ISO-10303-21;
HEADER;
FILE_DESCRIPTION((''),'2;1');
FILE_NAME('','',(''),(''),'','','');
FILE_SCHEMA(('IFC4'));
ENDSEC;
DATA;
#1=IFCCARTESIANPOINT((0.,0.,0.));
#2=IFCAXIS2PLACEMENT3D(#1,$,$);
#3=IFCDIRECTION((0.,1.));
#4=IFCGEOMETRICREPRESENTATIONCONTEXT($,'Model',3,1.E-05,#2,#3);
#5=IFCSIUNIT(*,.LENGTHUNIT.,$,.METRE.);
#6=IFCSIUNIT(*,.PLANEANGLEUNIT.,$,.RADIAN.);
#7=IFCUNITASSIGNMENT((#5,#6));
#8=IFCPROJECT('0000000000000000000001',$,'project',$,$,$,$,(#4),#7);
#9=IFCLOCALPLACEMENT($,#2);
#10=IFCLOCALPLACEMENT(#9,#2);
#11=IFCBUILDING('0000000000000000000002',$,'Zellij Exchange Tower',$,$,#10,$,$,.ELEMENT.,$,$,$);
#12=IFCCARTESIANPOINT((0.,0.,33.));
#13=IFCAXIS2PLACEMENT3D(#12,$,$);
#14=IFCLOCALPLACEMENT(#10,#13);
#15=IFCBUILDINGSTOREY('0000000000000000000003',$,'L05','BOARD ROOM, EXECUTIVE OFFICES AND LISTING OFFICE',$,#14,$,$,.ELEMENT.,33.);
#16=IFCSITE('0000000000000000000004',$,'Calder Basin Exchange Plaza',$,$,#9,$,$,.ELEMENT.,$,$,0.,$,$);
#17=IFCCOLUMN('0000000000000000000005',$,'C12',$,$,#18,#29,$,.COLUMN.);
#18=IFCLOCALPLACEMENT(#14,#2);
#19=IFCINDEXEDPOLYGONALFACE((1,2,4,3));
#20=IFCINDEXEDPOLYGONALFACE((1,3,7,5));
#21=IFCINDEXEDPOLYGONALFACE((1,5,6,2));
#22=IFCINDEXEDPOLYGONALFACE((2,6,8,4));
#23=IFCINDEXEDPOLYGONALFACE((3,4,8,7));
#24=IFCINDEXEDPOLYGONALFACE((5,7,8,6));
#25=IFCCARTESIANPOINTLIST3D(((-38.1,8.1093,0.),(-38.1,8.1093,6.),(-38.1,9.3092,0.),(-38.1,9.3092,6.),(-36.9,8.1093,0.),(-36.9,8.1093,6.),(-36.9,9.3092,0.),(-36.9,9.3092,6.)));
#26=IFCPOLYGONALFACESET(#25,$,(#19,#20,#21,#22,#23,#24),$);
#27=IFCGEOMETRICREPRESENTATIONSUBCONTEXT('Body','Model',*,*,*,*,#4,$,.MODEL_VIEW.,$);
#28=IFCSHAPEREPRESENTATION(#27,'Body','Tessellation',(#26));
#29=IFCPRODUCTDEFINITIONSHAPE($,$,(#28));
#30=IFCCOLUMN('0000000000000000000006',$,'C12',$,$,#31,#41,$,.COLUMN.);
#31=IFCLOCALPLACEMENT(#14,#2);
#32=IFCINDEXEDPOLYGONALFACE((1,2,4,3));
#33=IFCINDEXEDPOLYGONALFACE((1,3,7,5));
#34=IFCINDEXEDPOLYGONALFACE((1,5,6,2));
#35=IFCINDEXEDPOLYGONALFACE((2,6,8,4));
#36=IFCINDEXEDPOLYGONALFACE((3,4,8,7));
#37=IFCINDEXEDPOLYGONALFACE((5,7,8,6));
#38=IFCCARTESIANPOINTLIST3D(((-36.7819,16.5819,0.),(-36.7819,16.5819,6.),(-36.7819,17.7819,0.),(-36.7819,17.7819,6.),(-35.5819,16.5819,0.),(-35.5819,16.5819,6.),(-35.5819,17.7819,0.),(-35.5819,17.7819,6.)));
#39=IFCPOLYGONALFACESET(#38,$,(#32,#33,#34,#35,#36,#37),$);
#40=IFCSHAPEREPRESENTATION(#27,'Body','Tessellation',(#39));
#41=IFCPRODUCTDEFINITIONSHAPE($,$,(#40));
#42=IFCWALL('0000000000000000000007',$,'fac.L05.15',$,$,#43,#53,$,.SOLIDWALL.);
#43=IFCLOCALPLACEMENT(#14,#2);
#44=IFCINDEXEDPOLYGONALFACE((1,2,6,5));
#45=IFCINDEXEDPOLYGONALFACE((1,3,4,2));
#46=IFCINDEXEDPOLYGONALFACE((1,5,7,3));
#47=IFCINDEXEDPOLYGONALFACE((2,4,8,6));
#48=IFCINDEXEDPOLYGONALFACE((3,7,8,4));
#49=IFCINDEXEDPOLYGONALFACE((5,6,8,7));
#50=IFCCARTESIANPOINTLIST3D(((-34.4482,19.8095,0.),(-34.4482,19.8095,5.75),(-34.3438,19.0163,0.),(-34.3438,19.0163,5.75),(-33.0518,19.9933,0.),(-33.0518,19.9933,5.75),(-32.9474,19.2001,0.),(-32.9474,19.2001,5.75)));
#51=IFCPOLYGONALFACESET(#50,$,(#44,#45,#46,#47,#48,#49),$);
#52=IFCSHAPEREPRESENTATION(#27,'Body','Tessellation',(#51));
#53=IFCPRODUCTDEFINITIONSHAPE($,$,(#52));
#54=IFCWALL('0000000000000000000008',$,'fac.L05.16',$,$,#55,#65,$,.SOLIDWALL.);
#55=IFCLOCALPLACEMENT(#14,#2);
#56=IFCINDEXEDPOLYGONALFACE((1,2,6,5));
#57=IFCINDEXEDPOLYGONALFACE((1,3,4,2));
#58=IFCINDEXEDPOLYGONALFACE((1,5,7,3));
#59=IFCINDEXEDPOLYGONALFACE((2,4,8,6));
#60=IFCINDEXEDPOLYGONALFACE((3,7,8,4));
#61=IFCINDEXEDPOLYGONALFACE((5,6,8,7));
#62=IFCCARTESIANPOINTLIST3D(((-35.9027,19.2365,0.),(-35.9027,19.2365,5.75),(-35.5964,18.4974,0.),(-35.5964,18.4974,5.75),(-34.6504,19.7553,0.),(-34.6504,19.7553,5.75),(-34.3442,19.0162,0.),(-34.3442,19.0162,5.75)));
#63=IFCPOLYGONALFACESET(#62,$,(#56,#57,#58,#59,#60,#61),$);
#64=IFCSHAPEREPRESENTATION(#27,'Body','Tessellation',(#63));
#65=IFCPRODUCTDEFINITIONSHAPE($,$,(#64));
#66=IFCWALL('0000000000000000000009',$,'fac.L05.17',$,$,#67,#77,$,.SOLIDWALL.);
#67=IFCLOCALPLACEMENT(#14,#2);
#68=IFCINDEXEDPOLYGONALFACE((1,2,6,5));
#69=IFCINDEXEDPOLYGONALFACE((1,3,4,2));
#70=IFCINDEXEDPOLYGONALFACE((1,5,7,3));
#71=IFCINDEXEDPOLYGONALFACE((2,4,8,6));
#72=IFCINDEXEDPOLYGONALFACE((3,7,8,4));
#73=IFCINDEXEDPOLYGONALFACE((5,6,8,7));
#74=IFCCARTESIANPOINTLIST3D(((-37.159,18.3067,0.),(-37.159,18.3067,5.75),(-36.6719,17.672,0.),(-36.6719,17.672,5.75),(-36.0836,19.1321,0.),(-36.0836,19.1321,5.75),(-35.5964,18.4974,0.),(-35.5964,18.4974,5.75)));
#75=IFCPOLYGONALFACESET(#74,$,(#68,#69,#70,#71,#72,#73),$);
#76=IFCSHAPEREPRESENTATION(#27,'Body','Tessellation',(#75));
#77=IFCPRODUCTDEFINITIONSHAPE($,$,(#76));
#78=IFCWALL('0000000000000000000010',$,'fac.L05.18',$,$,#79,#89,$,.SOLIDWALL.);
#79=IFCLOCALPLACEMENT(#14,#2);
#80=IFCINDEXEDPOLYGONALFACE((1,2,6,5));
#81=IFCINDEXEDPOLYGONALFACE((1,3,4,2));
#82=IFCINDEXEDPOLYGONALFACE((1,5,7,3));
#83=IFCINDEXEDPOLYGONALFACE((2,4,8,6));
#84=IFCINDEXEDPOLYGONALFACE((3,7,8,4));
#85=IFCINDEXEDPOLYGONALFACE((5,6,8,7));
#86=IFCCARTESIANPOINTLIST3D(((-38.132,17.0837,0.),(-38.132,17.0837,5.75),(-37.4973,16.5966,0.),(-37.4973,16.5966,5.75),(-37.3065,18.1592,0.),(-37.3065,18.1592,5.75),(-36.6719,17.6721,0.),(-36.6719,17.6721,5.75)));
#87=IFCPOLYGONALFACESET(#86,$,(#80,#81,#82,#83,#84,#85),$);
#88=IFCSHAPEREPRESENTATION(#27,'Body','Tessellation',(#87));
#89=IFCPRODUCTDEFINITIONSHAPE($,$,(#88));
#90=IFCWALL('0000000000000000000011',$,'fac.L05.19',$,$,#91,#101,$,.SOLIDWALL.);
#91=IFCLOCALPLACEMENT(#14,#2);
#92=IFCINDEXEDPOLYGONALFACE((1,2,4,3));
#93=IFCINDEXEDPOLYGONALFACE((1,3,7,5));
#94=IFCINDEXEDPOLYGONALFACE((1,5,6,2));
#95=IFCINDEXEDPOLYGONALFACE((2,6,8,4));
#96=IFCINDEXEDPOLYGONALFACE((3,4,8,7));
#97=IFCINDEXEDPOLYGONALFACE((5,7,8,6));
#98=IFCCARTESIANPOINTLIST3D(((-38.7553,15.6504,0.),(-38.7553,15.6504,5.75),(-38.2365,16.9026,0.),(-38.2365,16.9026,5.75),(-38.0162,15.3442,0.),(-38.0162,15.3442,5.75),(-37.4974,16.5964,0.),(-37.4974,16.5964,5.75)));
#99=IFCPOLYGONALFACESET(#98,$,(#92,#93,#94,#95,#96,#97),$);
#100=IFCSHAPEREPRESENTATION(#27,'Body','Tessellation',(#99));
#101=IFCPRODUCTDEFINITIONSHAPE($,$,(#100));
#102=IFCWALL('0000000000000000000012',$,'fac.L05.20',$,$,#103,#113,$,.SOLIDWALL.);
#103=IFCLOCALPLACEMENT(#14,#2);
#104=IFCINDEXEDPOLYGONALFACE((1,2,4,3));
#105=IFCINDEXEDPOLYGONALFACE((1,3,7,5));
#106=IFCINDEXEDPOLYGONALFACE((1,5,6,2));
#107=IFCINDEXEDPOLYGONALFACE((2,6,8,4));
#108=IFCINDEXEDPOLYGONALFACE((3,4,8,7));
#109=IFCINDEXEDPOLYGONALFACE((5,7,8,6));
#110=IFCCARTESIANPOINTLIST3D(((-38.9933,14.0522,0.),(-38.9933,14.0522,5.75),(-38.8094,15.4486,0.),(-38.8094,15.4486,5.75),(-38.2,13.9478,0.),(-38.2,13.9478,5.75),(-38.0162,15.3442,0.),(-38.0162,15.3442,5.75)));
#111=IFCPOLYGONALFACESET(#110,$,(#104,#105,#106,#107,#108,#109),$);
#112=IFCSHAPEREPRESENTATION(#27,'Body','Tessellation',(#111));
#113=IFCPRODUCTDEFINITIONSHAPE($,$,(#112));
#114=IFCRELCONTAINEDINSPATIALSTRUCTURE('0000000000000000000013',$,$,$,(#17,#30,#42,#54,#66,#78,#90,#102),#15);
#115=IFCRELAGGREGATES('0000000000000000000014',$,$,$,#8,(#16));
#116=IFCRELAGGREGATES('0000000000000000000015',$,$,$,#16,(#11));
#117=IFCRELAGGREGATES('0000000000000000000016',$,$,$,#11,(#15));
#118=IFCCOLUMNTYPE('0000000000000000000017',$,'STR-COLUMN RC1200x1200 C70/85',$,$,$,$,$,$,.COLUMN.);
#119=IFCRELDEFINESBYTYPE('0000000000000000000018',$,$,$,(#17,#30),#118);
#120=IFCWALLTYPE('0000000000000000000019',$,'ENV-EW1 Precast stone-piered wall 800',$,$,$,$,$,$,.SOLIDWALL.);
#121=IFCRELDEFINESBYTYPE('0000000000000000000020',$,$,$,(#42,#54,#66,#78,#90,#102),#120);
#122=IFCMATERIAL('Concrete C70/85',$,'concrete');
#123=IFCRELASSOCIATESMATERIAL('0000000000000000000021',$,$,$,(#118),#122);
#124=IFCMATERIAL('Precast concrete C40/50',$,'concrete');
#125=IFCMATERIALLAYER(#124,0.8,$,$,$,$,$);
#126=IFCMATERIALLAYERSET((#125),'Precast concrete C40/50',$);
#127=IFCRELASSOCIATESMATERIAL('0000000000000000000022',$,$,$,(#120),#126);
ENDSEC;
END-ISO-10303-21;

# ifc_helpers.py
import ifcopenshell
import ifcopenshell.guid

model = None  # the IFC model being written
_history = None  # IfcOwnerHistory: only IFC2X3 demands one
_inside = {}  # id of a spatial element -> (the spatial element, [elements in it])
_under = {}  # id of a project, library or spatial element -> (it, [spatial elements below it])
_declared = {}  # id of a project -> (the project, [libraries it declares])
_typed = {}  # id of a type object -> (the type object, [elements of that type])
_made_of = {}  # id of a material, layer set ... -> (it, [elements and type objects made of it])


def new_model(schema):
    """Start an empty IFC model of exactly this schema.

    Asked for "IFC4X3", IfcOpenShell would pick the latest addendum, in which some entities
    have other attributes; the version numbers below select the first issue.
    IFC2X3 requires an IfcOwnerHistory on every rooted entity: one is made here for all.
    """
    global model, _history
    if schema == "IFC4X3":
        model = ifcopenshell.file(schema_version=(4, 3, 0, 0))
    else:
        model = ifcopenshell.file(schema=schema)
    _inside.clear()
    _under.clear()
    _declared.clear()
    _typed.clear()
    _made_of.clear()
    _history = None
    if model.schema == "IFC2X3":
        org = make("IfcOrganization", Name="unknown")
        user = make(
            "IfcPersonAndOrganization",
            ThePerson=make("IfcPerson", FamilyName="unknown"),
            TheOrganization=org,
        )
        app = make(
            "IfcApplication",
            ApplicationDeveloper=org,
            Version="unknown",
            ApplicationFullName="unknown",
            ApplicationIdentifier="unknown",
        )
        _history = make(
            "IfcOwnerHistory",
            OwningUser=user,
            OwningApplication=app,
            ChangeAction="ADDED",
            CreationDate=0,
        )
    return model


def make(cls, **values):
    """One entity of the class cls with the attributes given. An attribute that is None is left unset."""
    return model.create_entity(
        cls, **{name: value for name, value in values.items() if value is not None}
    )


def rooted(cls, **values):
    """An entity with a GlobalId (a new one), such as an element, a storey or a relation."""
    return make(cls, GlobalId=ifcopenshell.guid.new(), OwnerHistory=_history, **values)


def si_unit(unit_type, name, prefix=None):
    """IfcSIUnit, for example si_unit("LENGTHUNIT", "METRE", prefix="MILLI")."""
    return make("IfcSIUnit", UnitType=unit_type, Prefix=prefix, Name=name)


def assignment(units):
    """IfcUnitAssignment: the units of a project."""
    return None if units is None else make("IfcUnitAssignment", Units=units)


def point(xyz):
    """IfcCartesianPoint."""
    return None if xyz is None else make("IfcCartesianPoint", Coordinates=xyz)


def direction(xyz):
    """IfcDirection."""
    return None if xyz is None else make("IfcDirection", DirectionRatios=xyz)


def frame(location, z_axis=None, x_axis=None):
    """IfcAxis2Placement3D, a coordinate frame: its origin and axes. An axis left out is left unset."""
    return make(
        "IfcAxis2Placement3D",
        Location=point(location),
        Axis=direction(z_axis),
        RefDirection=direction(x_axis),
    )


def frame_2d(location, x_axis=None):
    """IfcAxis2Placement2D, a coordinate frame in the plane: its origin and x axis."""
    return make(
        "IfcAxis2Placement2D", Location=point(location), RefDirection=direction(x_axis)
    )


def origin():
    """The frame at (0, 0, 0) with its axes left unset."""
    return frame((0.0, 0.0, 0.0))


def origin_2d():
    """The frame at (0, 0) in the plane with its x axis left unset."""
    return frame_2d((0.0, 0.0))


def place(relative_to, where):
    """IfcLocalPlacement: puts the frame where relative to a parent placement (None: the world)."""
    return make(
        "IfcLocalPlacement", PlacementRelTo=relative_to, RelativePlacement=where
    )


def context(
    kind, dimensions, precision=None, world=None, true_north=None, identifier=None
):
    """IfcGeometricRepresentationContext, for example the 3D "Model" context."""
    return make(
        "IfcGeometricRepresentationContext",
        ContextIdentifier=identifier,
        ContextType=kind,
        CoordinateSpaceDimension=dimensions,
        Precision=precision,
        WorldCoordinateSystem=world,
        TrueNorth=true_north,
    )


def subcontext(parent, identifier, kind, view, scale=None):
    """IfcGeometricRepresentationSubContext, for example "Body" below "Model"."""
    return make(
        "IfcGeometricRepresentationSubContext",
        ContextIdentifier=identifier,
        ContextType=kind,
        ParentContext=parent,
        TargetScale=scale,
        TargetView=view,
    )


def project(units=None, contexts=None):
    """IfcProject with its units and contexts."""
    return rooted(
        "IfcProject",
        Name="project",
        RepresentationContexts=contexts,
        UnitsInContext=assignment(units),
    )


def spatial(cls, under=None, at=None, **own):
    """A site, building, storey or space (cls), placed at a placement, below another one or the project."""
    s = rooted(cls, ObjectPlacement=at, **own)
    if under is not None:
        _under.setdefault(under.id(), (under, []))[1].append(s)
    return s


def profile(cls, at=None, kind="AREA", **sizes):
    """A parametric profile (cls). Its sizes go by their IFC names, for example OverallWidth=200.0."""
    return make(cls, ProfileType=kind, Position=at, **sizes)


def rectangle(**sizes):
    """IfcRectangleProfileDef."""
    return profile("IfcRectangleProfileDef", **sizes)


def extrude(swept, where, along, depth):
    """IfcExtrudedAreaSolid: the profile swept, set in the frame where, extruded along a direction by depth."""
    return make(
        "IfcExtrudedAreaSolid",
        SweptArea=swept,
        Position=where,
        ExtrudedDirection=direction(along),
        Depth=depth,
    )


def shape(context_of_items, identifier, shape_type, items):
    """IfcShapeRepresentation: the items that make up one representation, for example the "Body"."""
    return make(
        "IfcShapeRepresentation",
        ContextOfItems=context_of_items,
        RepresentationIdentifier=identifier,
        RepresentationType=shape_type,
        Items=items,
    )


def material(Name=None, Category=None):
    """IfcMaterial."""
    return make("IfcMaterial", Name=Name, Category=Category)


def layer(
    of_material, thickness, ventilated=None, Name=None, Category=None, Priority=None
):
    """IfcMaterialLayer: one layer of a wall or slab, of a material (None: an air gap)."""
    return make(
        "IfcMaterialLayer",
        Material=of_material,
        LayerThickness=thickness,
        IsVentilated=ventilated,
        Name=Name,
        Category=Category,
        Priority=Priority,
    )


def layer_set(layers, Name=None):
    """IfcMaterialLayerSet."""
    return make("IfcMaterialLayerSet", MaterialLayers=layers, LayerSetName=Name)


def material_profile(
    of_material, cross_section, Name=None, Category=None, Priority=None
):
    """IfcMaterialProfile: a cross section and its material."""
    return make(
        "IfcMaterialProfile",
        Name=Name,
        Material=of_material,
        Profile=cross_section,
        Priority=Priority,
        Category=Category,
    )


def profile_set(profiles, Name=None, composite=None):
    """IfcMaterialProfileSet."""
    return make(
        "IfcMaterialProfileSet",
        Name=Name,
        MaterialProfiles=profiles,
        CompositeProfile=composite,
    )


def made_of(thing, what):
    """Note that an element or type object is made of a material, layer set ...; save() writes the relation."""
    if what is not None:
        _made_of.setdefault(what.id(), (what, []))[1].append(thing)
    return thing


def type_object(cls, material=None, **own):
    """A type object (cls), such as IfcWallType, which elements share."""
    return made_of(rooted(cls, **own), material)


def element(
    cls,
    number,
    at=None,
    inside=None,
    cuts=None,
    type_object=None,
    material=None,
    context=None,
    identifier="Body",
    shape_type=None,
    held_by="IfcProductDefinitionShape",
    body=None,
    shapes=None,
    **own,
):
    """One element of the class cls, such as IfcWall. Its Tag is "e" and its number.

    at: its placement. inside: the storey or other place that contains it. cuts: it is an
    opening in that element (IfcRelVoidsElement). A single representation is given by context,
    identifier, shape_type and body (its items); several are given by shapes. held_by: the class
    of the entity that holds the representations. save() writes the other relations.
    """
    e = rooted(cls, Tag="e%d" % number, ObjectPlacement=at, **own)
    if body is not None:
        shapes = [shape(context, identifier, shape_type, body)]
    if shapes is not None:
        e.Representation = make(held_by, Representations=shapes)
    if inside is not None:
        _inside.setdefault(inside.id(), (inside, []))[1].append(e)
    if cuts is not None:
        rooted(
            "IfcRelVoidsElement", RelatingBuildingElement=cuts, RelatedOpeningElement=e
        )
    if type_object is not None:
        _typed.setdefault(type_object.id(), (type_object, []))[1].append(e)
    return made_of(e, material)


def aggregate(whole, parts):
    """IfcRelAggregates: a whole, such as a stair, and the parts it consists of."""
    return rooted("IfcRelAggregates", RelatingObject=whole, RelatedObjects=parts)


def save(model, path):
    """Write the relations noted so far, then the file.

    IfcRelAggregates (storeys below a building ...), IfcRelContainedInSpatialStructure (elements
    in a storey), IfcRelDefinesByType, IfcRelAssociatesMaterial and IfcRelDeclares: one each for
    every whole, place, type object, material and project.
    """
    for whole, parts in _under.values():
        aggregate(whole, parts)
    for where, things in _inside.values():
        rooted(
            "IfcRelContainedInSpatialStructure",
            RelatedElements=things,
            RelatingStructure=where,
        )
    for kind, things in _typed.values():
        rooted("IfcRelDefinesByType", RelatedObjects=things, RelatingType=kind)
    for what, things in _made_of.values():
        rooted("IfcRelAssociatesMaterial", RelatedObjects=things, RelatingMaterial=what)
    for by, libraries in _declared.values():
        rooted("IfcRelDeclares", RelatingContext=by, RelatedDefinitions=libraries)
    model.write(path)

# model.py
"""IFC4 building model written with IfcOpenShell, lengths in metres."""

from ifc_helpers import new_model, si_unit, direction, frame, frame_2d, origin, origin_2d, place, context, subcontext, project, spatial, rectangle, extrude, material, layer, layer_set, material_profile, profile_set, type_object, element, save


model = new_model("IFC4")

# Units and contexts
model_context = context("Model", 3, precision=1e-05, world=origin(), true_north=direction((0.0, 1.0)))
body_context = subcontext(model_context, "Body", "Model", "MODEL_VIEW")
ifc_project = project(units=[si_unit("LENGTHUNIT", "METRE"), si_unit("PLANEANGLEUNIT", "RADIAN")], contexts=[model_context])

# Site, building, storey
site_placement = place(None, origin())
site = spatial("IfcSite", under=ifc_project, at=site_placement, Name="Calder Basin Exchange Plaza", CompositionType="ELEMENT", RefElevation=0.0)
building_placement = place(site_placement, origin())
building = spatial("IfcBuilding", under=site, at=building_placement, Name="Zellij Exchange Tower", CompositionType="ELEMENT")
storey_placement = place(building_placement, frame((0.0, 0.0, 33.0)))
storey = spatial("IfcBuildingStorey", under=building, at=storey_placement, Name="L05", Description="BOARD ROOM, EXECUTIVE OFFICES AND LISTING OFFICE", CompositionType="ELEMENT", Elevation=33.0)

# Columns
ifc_material_1 = material(Name="Concrete C70/85", Category="concrete")
ifc_material_profile = material_profile(ifc_material_1, rectangle(XDim=1.2, YDim=1.2, at=origin_2d()), Name="STR-COLUMN RC1200x1200 C70/85")
ifc_profile_set = profile_set([ifc_material_profile], Name="Concrete C70/85")
column_type = type_object("IfcColumnType", Name="STR-COLUMN RC1200x1200 C70/85", PredefinedType="COLUMN", material=ifc_profile_set)
for number, where, z_axis, x_axis, name in (
    (1, (-37.5, 8.7092, 0.0), (0.0, 0.0, 1.0), (1.0, 0.0, 0.0), "C12"),
    (2, (-36.1819, 17.1819, 0.0), (0.0, 0.0, 1.0), (1.0, 0.0, 0.0), "C12"),
):
    element("IfcColumn", number, at=place(storey_placement, frame(where, z_axis=z_axis, x_axis=x_axis)), inside=storey, type_object=column_type, Name=name, PredefinedType="COLUMN", context=body_context, shape_type="SweptSolid", body=[
        extrude(rectangle(XDim=1.2, YDim=1.2, at=origin_2d()), origin(), (0.0, 0.0, 1.0), 6.0),
    ])

# Walls
ifc_material_2 = material(Name="Precast concrete C40/50", Category="concrete")
ifc_layer_1 = layer(ifc_material_2, 0.8)
ifc_layer_set_1 = layer_set([ifc_layer_1], Name="Precast concrete C40/50")
wall_type_1 = type_object("IfcWallType", Name="ENV-EW1 Precast stone-piered wall 800", PredefinedType="SOLIDWALL", material=ifc_layer_set_1)
wall_1_placement = place(storey_placement, frame((-32.9998, 19.5967, 0.0), z_axis=(0.0, 0.0, 1.0), x_axis=(-0.991446, -0.130517, 0.0)))
element("IfcWall", 3, at=wall_1_placement, inside=storey, type_object=wall_type_1, Name="fac.L05.15", PredefinedType="SOLIDWALL", context=body_context, shape_type="SweptSolid", body=[
    extrude(rectangle(XDim=1.4084, YDim=0.8, at=frame_2d((0.7041, 0.0))), origin(), (0.0, 0.0, 1.0), 5.75),
])
wall_2_placement = place(storey_placement, frame((-34.4973, 19.3857, 0.0), z_axis=(0.0, 0.0, 1.0), x_axis=(-0.923848, -0.38276, 0.0)))
element("IfcWall", 4, at=wall_2_placement, inside=storey, type_object=wall_type_1, Name="fac.L05.16", PredefinedType="SOLIDWALL", context=body_context, shape_type="SweptSolid", body=[
    extrude(rectangle(XDim=1.3555, YDim=0.8, at=frame_2d((0.6777, 0.0))), origin(), (0.0, 0.0, 1.0), 5.75),
])
for number, where, z_axis, x_axis, name in (
    (5, (-35.8401, 18.8147, 0.0), (0.0, 0.0, 1.0), (-0.793273, -0.608866, 0.0), "fac.L05.17"),
    (6, (-36.9893, 17.9155, 0.0), (0.0, 0.0, 1.0), (-0.608866, -0.793273, 0.0), "fac.L05.18"),
):
    element("IfcWall", number, at=place(storey_placement, frame(where, z_axis=z_axis, x_axis=x_axis)), inside=storey, type_object=wall_type_1, Name=name, PredefinedType="SOLIDWALL", context=body_context, shape_type="SweptSolid", body=[
        extrude(rectangle(XDim=1.3557, YDim=0.8, at=frame_2d((0.6777, 0.0))), origin(), (0.0, 0.0, 1.0), 5.75),
    ])
wall_3_placement = place(storey_placement, frame((-37.8669, 16.7495, 0.0), z_axis=(0.0, 0.0, 1.0), x_axis=(-0.38276, -0.923848, 0.0)))
element("IfcWall", 7, at=wall_3_placement, inside=storey, type_object=wall_type_1, Name="fac.L05.19", PredefinedType="SOLIDWALL", context=body_context, shape_type="SweptSolid", body=[
    extrude(rectangle(XDim=1.3555, YDim=0.8, at=frame_2d((0.6777, 0.0))), origin(), (0.0, 0.0, 1.0), 5.75),
])
wall_4_placement = place(storey_placement, frame((-38.4128, 15.3962, 0.0), z_axis=(0.0, 0.0, 1.0), x_axis=(-0.130517, -0.991446, 0.0)))
element("IfcWall", 8, at=wall_4_placement, inside=storey, type_object=wall_type_1, Name="fac.L05.20", PredefinedType="SOLIDWALL", context=body_context, shape_type="SweptSolid", body=[
    extrude(rectangle(XDim=1.4084, YDim=0.8, at=frame_2d((0.7041, 0.0))), origin(), (0.0, 0.0, 1.0), 5.75),
])

save(model, "model.ifc")
